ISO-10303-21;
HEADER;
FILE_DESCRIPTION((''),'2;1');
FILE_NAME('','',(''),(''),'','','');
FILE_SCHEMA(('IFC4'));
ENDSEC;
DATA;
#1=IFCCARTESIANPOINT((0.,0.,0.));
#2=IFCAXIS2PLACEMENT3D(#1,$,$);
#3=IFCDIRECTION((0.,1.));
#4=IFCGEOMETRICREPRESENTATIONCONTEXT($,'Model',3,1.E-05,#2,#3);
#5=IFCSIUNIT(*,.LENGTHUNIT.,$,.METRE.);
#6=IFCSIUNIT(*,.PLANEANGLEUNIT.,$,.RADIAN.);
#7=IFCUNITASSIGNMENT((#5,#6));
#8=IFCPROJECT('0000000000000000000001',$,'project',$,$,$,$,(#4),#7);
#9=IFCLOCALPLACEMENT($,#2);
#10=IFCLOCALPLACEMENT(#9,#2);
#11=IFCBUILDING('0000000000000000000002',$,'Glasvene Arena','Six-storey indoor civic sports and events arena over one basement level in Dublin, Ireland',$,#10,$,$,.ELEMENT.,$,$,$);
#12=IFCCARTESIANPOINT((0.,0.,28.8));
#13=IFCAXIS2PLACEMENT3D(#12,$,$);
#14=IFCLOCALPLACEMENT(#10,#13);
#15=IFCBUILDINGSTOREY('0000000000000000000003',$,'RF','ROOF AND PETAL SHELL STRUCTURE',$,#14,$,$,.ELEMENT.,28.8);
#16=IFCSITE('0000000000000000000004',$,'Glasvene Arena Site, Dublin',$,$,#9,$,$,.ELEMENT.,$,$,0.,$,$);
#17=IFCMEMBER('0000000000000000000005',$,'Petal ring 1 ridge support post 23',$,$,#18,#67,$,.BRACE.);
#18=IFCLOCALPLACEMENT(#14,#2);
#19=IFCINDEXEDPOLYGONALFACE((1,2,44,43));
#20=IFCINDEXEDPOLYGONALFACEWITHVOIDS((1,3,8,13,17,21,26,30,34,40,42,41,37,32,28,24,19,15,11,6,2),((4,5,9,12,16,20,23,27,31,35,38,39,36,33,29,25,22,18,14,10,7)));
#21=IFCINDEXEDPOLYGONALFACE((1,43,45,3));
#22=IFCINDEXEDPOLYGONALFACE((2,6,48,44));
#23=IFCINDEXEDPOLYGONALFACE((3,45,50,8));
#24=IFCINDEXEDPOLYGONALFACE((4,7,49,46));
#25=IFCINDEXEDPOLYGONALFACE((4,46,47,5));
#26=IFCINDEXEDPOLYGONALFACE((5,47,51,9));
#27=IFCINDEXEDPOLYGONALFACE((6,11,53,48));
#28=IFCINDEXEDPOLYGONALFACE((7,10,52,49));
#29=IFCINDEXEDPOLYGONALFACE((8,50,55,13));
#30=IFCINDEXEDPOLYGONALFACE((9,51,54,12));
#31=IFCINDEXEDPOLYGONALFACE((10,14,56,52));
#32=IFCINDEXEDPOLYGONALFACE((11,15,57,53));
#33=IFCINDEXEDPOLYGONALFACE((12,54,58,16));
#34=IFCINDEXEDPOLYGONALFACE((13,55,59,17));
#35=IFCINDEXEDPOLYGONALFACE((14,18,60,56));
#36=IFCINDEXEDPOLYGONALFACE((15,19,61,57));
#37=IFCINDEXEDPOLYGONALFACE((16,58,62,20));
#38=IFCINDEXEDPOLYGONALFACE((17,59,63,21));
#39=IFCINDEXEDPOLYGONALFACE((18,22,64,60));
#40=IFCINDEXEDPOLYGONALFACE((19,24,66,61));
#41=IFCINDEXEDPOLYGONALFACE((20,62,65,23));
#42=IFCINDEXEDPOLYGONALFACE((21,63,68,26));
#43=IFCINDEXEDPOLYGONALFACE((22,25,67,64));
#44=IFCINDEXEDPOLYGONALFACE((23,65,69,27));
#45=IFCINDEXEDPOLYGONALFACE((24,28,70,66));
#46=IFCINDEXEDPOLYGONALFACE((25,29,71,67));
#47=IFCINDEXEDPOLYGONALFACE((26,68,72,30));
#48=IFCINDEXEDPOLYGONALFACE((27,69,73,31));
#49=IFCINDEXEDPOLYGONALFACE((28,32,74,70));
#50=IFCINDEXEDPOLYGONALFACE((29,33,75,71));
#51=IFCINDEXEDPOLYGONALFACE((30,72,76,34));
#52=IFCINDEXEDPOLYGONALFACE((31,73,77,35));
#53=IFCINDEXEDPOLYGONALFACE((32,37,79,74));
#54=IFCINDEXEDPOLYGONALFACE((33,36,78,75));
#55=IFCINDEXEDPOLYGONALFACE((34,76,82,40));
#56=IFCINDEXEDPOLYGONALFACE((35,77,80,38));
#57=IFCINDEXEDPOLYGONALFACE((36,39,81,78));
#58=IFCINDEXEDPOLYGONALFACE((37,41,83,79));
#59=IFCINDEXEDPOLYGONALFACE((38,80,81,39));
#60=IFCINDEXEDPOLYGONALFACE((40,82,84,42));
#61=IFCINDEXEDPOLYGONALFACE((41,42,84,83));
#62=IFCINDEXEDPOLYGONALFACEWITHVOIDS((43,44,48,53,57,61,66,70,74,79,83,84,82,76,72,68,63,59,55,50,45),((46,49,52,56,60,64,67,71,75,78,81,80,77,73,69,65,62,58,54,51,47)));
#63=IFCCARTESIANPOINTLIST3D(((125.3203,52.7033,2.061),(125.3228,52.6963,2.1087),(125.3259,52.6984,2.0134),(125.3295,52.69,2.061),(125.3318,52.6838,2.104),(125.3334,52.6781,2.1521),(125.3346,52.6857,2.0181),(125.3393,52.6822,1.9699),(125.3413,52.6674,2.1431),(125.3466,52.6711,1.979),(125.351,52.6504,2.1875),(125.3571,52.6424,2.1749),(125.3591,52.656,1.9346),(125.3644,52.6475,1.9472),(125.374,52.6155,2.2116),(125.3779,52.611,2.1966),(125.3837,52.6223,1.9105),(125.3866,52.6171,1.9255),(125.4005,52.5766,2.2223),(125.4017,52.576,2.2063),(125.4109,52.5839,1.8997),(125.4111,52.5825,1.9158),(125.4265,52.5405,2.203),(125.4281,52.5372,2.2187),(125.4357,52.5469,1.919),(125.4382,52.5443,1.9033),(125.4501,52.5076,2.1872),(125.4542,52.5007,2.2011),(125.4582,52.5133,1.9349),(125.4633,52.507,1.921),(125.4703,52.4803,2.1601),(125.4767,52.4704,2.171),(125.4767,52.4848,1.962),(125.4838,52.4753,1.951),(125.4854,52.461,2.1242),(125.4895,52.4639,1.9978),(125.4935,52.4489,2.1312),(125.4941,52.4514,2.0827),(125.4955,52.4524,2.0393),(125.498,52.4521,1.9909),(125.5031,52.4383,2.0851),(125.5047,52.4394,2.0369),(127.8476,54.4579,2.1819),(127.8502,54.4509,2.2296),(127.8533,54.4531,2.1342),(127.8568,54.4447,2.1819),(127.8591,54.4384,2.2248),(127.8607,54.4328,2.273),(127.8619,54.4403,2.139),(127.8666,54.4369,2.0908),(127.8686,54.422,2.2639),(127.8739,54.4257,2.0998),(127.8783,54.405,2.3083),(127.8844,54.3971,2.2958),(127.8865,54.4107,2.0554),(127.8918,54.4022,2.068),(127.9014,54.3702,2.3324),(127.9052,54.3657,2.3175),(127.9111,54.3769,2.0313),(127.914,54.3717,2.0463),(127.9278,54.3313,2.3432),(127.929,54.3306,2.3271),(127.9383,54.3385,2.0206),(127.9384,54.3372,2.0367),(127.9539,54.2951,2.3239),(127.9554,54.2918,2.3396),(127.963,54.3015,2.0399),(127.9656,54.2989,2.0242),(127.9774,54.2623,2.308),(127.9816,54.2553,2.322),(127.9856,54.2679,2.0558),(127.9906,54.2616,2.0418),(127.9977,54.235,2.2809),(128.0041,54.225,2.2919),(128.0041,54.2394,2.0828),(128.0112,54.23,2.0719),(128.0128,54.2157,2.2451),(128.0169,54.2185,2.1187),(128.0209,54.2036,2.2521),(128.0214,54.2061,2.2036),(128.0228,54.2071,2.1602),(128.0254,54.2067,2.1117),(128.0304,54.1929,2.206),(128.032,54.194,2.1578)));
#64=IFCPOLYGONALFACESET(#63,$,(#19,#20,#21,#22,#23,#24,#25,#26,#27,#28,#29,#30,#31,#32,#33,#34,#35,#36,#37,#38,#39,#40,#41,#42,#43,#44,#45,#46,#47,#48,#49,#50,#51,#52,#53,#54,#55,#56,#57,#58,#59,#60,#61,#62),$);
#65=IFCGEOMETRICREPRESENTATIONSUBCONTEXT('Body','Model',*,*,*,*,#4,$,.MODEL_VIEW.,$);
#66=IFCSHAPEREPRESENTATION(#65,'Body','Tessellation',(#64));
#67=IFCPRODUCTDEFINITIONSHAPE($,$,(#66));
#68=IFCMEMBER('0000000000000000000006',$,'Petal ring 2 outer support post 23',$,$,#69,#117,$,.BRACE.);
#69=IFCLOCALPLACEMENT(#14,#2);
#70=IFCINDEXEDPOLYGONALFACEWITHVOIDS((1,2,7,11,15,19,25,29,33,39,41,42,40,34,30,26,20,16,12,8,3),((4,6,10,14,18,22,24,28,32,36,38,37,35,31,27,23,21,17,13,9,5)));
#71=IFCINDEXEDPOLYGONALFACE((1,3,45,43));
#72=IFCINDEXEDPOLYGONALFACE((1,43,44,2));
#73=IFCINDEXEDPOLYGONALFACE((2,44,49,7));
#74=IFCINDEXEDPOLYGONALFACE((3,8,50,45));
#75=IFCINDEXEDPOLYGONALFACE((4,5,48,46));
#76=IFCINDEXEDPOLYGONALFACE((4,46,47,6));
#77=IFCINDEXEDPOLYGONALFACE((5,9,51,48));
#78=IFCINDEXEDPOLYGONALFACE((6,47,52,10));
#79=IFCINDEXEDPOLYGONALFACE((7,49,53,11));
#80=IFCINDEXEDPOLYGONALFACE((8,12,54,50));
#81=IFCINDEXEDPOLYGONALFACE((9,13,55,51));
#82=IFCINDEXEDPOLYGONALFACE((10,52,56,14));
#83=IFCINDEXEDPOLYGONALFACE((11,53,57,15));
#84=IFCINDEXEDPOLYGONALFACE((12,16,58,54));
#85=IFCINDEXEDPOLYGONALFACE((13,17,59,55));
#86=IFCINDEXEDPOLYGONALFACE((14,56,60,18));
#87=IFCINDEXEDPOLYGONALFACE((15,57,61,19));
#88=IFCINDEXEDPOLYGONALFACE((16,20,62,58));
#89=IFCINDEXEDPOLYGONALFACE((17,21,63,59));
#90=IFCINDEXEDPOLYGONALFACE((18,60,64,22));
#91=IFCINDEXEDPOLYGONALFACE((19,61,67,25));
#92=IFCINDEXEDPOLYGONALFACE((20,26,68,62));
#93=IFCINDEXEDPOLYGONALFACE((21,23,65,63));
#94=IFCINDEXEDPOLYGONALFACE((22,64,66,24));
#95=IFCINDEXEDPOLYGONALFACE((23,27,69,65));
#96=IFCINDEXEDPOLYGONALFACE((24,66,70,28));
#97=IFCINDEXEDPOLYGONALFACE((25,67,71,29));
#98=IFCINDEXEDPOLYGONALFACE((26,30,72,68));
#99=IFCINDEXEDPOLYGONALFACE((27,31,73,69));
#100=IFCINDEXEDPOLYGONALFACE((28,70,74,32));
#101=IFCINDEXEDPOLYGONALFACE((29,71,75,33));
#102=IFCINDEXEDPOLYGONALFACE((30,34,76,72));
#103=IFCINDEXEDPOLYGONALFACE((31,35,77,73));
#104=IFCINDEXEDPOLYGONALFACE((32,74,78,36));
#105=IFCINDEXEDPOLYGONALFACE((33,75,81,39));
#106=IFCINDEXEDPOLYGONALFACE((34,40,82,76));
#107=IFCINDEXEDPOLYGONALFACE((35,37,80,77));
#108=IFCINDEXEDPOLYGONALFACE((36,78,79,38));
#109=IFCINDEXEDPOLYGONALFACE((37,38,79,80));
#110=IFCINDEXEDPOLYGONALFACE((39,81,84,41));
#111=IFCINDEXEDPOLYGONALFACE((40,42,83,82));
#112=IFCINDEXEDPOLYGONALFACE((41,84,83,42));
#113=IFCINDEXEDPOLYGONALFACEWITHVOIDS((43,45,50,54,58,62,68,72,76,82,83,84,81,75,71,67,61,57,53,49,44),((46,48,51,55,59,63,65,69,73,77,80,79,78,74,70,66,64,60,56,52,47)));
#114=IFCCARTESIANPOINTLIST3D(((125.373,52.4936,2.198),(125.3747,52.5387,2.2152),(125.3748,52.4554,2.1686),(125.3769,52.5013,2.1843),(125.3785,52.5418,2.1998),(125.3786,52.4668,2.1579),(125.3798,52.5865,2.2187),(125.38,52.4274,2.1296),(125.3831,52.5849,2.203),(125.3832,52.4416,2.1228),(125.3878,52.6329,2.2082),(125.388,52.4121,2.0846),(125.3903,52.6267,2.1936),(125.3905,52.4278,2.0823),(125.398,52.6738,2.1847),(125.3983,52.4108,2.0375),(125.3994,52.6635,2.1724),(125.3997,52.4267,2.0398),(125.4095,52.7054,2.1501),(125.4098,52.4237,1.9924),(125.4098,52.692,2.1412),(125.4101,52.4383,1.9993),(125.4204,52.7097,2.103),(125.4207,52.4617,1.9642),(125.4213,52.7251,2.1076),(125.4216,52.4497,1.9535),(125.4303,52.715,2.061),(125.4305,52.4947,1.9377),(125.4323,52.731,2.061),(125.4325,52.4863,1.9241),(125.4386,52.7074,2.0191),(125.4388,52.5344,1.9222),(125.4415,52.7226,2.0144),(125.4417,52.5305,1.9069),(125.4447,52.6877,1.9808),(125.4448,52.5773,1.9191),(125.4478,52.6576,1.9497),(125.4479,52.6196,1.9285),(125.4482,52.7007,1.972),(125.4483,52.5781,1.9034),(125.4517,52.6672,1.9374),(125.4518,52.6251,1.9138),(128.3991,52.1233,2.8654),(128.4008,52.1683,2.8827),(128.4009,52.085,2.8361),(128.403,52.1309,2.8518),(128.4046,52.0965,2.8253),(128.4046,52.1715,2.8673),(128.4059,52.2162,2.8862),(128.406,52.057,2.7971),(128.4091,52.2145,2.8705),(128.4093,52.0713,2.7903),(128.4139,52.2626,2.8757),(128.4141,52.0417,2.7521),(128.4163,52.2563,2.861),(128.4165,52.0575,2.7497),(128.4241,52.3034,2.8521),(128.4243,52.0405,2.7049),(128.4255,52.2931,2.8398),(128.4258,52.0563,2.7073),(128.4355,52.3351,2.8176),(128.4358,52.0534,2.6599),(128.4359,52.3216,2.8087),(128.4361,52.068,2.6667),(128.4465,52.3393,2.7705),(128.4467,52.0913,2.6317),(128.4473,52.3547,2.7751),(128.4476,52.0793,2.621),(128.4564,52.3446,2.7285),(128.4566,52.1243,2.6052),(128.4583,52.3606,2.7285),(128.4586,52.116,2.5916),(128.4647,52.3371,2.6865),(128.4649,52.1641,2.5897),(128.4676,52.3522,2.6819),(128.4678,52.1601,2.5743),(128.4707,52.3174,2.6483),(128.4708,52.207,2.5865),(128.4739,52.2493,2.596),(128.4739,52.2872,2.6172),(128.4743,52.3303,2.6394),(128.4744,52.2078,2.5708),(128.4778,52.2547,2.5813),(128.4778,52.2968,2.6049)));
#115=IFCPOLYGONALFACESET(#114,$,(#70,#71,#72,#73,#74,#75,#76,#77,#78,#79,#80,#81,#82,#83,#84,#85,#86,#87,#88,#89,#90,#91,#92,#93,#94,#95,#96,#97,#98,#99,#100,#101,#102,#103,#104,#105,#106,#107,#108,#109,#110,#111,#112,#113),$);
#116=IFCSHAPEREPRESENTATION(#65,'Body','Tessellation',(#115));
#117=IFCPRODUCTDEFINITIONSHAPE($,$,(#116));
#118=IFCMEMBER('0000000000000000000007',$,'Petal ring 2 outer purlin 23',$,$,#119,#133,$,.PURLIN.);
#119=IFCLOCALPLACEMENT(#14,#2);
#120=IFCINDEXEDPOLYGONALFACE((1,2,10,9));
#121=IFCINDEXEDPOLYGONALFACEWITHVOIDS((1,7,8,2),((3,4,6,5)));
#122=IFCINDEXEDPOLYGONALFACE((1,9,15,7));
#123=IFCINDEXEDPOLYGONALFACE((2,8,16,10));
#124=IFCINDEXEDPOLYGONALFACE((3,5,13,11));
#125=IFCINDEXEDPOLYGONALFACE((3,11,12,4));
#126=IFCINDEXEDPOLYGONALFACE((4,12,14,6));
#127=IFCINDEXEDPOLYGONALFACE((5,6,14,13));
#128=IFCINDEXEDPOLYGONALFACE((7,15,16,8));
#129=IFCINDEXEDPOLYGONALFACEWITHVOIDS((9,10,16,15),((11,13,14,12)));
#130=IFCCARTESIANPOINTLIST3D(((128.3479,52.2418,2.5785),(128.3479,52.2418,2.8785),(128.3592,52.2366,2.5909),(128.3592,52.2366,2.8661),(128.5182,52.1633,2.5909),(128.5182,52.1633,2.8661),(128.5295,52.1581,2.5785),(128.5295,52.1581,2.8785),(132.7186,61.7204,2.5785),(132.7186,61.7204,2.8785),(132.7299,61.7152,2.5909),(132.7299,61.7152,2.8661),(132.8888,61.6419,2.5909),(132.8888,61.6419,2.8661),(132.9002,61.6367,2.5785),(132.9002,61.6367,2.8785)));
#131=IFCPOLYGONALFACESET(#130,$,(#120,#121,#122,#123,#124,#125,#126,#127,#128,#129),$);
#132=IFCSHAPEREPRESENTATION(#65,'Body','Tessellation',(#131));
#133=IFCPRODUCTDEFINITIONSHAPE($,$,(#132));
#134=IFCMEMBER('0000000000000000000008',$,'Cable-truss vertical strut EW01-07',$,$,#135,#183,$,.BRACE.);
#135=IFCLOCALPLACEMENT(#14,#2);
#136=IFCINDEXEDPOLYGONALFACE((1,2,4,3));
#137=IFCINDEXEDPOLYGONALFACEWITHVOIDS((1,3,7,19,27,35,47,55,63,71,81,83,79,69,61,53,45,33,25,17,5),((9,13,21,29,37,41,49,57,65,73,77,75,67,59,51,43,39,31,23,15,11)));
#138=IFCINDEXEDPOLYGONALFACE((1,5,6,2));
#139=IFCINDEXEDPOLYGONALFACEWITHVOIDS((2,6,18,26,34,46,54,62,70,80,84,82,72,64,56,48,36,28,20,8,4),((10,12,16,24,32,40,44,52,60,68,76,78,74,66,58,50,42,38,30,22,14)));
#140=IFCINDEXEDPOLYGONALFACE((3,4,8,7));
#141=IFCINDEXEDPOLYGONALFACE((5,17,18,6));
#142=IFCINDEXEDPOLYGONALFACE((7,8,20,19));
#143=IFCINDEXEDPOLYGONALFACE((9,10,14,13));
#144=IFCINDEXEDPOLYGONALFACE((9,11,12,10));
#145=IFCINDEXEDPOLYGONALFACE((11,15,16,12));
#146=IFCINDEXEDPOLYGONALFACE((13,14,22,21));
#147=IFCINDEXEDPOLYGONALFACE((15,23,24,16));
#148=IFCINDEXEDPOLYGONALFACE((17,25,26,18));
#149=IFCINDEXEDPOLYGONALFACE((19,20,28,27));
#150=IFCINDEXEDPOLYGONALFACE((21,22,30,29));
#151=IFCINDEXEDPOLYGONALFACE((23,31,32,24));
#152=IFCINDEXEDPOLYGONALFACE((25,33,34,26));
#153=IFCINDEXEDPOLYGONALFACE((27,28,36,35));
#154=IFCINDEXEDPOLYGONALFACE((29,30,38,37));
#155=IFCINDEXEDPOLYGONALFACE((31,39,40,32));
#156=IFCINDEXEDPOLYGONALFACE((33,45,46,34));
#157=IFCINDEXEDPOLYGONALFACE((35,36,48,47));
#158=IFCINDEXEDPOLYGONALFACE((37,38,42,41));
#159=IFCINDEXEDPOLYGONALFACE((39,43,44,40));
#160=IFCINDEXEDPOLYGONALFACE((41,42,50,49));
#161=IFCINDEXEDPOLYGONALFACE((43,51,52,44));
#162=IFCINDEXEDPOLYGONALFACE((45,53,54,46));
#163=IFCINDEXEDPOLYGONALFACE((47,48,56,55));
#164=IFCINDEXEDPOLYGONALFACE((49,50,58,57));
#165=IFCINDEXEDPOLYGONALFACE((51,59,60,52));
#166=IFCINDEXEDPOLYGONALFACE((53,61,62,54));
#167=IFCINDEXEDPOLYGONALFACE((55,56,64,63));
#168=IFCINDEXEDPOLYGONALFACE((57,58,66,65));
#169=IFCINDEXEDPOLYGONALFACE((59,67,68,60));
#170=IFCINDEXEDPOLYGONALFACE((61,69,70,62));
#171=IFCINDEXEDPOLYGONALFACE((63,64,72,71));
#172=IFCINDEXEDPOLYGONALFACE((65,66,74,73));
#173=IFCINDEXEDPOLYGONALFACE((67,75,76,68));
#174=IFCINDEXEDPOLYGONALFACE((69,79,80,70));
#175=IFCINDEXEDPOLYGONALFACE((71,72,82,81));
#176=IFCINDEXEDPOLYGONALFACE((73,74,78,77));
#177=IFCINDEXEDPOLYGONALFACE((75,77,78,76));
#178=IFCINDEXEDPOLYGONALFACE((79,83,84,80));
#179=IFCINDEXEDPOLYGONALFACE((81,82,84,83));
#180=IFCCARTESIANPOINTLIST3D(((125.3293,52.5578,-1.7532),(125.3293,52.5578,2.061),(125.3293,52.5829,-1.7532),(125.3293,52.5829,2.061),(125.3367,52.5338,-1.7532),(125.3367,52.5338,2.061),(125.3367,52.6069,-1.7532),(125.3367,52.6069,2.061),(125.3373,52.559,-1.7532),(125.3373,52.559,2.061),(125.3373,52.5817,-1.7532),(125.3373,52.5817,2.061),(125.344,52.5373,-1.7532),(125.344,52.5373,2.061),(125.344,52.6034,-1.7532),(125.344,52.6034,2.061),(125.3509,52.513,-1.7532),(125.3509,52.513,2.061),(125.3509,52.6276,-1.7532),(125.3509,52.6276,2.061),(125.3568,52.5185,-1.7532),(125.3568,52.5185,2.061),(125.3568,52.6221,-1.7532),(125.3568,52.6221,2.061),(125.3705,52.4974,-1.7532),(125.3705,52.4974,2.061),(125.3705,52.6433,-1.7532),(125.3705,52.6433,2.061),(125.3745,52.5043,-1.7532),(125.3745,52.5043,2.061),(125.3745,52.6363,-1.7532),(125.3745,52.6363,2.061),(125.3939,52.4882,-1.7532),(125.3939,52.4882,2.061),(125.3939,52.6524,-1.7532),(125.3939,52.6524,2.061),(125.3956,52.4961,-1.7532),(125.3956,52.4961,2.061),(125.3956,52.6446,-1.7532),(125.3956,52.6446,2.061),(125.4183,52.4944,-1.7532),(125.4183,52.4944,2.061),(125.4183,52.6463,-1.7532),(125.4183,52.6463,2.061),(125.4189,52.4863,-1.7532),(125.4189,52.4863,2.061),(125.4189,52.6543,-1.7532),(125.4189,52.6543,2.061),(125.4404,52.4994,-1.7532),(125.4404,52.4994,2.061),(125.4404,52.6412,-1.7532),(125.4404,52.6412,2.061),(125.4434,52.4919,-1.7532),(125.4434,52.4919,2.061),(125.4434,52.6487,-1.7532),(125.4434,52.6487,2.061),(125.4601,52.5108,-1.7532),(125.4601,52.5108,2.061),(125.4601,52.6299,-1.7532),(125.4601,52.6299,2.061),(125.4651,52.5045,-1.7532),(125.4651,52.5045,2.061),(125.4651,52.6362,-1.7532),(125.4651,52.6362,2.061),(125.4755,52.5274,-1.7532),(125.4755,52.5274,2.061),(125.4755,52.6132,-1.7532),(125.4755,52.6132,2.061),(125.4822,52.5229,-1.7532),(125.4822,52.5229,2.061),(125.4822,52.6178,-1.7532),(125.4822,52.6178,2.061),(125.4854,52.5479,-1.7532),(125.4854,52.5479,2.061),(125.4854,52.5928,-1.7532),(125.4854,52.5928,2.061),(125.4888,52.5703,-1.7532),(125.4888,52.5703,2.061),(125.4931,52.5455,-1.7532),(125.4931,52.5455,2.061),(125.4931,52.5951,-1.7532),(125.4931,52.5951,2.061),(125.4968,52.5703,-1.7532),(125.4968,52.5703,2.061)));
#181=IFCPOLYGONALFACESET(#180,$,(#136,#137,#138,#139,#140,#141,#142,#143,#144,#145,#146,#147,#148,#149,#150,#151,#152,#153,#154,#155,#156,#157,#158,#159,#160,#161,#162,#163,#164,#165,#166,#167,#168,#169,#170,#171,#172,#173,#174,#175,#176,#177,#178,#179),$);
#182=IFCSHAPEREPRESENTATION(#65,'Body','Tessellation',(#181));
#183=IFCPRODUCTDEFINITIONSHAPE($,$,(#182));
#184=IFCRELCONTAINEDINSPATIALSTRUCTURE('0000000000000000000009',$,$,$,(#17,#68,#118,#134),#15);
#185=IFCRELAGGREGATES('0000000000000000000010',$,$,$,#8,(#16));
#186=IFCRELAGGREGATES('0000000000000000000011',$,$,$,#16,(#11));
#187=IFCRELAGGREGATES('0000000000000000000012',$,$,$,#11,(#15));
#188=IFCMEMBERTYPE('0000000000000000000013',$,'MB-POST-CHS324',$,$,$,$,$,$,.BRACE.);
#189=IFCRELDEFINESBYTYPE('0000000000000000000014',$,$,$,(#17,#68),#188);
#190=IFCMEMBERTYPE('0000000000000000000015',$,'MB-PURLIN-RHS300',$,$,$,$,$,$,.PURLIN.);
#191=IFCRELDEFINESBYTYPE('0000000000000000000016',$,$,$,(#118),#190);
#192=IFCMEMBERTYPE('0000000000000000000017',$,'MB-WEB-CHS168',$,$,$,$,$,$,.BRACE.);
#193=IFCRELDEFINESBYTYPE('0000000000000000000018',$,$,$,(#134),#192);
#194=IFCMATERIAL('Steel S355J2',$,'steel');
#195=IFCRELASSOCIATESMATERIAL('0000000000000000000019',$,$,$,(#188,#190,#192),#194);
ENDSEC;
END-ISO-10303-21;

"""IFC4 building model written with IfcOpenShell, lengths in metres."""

from ifc_helpers import new_model, si_unit, direction, frame, origin, origin_2d, place, context, subcontext, project, spatial, hollow_rectangle, hollow_circle, extrude, material, material_profile, profile_set, type_object, element, save


model = new_model("IFC4")

# Units and contexts
model_context = context("Model", 3, precision=1e-05, world=origin(), true_north=direction((0.0, 1.0)))
body_context = subcontext(model_context, "Body", "Model", "MODEL_VIEW")
ifc_project = project(units=[si_unit("LENGTHUNIT", "METRE"), si_unit("PLANEANGLEUNIT", "RADIAN")], contexts=[model_context])

# Site, building, storey
site_placement = place(None, origin())
site = spatial("IfcSite", under=ifc_project, at=site_placement, Name="Glasvene Arena Site, Dublin", CompositionType="ELEMENT", RefElevation=0.0)
building_placement = place(site_placement, origin())
building = spatial("IfcBuilding", under=site, at=building_placement, Name="Glasvene Arena", Description="Six-storey indoor civic sports and events arena over one basement level in Dublin, Ireland", CompositionType="ELEMENT")
storey_placement = place(building_placement, frame((0.0, 0.0, 28.8)))
storey = spatial("IfcBuildingStorey", under=building, at=storey_placement, Name="RF", Description="ROOF AND PETAL SHELL STRUCTURE", CompositionType="ELEMENT", Elevation=28.8)

# Members
ifc_material_1 = material(Name="Steel S355J2", Category="steel")
ifc_material_profile_1 = material_profile(ifc_material_1, hollow_circle(Radius=0.1619, WallThickness=0.0161, at=origin_2d()), Name="CHS 323.9x16.0")
ifc_profile_set_1 = profile_set([ifc_material_profile_1], Name="Steel S355J2")
member_type_1 = type_object("IfcMemberType", Name="MB-POST-CHS324", PredefinedType="BRACE", material=ifc_profile_set_1)
member_1_placement = place(storey_placement, frame((125.4126, 52.5703, 2.061), z_axis=(0.820807, 0.569855, 0.039248), x_axis=(-0.570295, 0.82144, 0.0)))
element("IfcMember", 1, at=member_1_placement, inside=storey, type_object=member_type_1, Name="Petal ring 1 ridge support post 23", PredefinedType="BRACE", context=body_context, shape_type="SweptSolid", body=[
    extrude(hollow_circle(Radius=0.1619, WallThickness=0.0161, at=origin_2d()), origin(), (0.0, 0.0, 1.0), 3.0791),
])
member_2_placement = place(storey_placement, frame((125.4126, 52.5703, 2.061), z_axis=(0.969626, -0.118671, 0.213873), x_axis=(0.121482, 0.992594, 0.0)))
element("IfcMember", 2, at=member_2_placement, inside=storey, type_object=member_type_1, Name="Petal ring 2 outer support post 23", PredefinedType="BRACE", context=body_context, shape_type="SweptSolid", body=[
    extrude(hollow_circle(Radius=0.1619, WallThickness=0.0161, at=origin_2d()), origin(), (0.0, 0.0, 1.0), 3.1208),
])
ifc_material_profile_2 = material_profile(ifc_material_1, hollow_rectangle(XDim=0.2, YDim=0.3, WallThickness=0.0125, at=origin_2d()), Name="RHS 300x200x12.5")
ifc_profile_set_2 = profile_set([ifc_material_profile_2], Name="Steel S355J2")
member_type_2 = type_object("IfcMemberType", Name="MB-PURLIN-RHS300", PredefinedType="PURLIN", material=ifc_profile_set_2)
member_3_placement = place(storey_placement, frame((128.4387, 52.2, 2.7285), z_axis=(0.418735, 0.908109, 0.0), x_axis=(-0.908109, 0.418735, 0.0)))
element("IfcMember", 3, at=member_3_placement, inside=storey, type_object=member_type_2, Name="Petal ring 2 outer purlin 23", PredefinedType="PURLIN", context=body_context, shape_type="SweptSolid", body=[
    extrude(hollow_rectangle(XDim=0.2, YDim=0.3, WallThickness=0.0125, at=origin_2d()), origin(), (0.0, 0.0, 1.0), 10.4377),
])
ifc_material_profile_3 = material_profile(ifc_material_1, hollow_circle(Radius=0.0842, WallThickness=0.0081, at=origin_2d()), Name="CHS 168.3x8.0")
ifc_profile_set_3 = profile_set([ifc_material_profile_3], Name="Steel S355J2")
member_type_3 = type_object("IfcMemberType", Name="MB-WEB-CHS168", PredefinedType="BRACE", material=ifc_profile_set_3)
member_4_placement = place(storey_placement, frame((125.4126, 52.5703, -1.7532), z_axis=(0.0, 0.0, 1.0), x_axis=(1.0, 0.0, 0.0)))
element("IfcMember", 4, at=member_4_placement, inside=storey, type_object=member_type_3, Name="Cable-truss vertical strut EW01-07", PredefinedType="BRACE", context=body_context, shape_type="SweptSolid", body=[
    extrude(hollow_circle(Radius=0.0842, WallThickness=0.0081, at=origin_2d()), origin(), (0.0, 0.0, 1.0), 3.8142),
])

save(model, "model.ifc")
